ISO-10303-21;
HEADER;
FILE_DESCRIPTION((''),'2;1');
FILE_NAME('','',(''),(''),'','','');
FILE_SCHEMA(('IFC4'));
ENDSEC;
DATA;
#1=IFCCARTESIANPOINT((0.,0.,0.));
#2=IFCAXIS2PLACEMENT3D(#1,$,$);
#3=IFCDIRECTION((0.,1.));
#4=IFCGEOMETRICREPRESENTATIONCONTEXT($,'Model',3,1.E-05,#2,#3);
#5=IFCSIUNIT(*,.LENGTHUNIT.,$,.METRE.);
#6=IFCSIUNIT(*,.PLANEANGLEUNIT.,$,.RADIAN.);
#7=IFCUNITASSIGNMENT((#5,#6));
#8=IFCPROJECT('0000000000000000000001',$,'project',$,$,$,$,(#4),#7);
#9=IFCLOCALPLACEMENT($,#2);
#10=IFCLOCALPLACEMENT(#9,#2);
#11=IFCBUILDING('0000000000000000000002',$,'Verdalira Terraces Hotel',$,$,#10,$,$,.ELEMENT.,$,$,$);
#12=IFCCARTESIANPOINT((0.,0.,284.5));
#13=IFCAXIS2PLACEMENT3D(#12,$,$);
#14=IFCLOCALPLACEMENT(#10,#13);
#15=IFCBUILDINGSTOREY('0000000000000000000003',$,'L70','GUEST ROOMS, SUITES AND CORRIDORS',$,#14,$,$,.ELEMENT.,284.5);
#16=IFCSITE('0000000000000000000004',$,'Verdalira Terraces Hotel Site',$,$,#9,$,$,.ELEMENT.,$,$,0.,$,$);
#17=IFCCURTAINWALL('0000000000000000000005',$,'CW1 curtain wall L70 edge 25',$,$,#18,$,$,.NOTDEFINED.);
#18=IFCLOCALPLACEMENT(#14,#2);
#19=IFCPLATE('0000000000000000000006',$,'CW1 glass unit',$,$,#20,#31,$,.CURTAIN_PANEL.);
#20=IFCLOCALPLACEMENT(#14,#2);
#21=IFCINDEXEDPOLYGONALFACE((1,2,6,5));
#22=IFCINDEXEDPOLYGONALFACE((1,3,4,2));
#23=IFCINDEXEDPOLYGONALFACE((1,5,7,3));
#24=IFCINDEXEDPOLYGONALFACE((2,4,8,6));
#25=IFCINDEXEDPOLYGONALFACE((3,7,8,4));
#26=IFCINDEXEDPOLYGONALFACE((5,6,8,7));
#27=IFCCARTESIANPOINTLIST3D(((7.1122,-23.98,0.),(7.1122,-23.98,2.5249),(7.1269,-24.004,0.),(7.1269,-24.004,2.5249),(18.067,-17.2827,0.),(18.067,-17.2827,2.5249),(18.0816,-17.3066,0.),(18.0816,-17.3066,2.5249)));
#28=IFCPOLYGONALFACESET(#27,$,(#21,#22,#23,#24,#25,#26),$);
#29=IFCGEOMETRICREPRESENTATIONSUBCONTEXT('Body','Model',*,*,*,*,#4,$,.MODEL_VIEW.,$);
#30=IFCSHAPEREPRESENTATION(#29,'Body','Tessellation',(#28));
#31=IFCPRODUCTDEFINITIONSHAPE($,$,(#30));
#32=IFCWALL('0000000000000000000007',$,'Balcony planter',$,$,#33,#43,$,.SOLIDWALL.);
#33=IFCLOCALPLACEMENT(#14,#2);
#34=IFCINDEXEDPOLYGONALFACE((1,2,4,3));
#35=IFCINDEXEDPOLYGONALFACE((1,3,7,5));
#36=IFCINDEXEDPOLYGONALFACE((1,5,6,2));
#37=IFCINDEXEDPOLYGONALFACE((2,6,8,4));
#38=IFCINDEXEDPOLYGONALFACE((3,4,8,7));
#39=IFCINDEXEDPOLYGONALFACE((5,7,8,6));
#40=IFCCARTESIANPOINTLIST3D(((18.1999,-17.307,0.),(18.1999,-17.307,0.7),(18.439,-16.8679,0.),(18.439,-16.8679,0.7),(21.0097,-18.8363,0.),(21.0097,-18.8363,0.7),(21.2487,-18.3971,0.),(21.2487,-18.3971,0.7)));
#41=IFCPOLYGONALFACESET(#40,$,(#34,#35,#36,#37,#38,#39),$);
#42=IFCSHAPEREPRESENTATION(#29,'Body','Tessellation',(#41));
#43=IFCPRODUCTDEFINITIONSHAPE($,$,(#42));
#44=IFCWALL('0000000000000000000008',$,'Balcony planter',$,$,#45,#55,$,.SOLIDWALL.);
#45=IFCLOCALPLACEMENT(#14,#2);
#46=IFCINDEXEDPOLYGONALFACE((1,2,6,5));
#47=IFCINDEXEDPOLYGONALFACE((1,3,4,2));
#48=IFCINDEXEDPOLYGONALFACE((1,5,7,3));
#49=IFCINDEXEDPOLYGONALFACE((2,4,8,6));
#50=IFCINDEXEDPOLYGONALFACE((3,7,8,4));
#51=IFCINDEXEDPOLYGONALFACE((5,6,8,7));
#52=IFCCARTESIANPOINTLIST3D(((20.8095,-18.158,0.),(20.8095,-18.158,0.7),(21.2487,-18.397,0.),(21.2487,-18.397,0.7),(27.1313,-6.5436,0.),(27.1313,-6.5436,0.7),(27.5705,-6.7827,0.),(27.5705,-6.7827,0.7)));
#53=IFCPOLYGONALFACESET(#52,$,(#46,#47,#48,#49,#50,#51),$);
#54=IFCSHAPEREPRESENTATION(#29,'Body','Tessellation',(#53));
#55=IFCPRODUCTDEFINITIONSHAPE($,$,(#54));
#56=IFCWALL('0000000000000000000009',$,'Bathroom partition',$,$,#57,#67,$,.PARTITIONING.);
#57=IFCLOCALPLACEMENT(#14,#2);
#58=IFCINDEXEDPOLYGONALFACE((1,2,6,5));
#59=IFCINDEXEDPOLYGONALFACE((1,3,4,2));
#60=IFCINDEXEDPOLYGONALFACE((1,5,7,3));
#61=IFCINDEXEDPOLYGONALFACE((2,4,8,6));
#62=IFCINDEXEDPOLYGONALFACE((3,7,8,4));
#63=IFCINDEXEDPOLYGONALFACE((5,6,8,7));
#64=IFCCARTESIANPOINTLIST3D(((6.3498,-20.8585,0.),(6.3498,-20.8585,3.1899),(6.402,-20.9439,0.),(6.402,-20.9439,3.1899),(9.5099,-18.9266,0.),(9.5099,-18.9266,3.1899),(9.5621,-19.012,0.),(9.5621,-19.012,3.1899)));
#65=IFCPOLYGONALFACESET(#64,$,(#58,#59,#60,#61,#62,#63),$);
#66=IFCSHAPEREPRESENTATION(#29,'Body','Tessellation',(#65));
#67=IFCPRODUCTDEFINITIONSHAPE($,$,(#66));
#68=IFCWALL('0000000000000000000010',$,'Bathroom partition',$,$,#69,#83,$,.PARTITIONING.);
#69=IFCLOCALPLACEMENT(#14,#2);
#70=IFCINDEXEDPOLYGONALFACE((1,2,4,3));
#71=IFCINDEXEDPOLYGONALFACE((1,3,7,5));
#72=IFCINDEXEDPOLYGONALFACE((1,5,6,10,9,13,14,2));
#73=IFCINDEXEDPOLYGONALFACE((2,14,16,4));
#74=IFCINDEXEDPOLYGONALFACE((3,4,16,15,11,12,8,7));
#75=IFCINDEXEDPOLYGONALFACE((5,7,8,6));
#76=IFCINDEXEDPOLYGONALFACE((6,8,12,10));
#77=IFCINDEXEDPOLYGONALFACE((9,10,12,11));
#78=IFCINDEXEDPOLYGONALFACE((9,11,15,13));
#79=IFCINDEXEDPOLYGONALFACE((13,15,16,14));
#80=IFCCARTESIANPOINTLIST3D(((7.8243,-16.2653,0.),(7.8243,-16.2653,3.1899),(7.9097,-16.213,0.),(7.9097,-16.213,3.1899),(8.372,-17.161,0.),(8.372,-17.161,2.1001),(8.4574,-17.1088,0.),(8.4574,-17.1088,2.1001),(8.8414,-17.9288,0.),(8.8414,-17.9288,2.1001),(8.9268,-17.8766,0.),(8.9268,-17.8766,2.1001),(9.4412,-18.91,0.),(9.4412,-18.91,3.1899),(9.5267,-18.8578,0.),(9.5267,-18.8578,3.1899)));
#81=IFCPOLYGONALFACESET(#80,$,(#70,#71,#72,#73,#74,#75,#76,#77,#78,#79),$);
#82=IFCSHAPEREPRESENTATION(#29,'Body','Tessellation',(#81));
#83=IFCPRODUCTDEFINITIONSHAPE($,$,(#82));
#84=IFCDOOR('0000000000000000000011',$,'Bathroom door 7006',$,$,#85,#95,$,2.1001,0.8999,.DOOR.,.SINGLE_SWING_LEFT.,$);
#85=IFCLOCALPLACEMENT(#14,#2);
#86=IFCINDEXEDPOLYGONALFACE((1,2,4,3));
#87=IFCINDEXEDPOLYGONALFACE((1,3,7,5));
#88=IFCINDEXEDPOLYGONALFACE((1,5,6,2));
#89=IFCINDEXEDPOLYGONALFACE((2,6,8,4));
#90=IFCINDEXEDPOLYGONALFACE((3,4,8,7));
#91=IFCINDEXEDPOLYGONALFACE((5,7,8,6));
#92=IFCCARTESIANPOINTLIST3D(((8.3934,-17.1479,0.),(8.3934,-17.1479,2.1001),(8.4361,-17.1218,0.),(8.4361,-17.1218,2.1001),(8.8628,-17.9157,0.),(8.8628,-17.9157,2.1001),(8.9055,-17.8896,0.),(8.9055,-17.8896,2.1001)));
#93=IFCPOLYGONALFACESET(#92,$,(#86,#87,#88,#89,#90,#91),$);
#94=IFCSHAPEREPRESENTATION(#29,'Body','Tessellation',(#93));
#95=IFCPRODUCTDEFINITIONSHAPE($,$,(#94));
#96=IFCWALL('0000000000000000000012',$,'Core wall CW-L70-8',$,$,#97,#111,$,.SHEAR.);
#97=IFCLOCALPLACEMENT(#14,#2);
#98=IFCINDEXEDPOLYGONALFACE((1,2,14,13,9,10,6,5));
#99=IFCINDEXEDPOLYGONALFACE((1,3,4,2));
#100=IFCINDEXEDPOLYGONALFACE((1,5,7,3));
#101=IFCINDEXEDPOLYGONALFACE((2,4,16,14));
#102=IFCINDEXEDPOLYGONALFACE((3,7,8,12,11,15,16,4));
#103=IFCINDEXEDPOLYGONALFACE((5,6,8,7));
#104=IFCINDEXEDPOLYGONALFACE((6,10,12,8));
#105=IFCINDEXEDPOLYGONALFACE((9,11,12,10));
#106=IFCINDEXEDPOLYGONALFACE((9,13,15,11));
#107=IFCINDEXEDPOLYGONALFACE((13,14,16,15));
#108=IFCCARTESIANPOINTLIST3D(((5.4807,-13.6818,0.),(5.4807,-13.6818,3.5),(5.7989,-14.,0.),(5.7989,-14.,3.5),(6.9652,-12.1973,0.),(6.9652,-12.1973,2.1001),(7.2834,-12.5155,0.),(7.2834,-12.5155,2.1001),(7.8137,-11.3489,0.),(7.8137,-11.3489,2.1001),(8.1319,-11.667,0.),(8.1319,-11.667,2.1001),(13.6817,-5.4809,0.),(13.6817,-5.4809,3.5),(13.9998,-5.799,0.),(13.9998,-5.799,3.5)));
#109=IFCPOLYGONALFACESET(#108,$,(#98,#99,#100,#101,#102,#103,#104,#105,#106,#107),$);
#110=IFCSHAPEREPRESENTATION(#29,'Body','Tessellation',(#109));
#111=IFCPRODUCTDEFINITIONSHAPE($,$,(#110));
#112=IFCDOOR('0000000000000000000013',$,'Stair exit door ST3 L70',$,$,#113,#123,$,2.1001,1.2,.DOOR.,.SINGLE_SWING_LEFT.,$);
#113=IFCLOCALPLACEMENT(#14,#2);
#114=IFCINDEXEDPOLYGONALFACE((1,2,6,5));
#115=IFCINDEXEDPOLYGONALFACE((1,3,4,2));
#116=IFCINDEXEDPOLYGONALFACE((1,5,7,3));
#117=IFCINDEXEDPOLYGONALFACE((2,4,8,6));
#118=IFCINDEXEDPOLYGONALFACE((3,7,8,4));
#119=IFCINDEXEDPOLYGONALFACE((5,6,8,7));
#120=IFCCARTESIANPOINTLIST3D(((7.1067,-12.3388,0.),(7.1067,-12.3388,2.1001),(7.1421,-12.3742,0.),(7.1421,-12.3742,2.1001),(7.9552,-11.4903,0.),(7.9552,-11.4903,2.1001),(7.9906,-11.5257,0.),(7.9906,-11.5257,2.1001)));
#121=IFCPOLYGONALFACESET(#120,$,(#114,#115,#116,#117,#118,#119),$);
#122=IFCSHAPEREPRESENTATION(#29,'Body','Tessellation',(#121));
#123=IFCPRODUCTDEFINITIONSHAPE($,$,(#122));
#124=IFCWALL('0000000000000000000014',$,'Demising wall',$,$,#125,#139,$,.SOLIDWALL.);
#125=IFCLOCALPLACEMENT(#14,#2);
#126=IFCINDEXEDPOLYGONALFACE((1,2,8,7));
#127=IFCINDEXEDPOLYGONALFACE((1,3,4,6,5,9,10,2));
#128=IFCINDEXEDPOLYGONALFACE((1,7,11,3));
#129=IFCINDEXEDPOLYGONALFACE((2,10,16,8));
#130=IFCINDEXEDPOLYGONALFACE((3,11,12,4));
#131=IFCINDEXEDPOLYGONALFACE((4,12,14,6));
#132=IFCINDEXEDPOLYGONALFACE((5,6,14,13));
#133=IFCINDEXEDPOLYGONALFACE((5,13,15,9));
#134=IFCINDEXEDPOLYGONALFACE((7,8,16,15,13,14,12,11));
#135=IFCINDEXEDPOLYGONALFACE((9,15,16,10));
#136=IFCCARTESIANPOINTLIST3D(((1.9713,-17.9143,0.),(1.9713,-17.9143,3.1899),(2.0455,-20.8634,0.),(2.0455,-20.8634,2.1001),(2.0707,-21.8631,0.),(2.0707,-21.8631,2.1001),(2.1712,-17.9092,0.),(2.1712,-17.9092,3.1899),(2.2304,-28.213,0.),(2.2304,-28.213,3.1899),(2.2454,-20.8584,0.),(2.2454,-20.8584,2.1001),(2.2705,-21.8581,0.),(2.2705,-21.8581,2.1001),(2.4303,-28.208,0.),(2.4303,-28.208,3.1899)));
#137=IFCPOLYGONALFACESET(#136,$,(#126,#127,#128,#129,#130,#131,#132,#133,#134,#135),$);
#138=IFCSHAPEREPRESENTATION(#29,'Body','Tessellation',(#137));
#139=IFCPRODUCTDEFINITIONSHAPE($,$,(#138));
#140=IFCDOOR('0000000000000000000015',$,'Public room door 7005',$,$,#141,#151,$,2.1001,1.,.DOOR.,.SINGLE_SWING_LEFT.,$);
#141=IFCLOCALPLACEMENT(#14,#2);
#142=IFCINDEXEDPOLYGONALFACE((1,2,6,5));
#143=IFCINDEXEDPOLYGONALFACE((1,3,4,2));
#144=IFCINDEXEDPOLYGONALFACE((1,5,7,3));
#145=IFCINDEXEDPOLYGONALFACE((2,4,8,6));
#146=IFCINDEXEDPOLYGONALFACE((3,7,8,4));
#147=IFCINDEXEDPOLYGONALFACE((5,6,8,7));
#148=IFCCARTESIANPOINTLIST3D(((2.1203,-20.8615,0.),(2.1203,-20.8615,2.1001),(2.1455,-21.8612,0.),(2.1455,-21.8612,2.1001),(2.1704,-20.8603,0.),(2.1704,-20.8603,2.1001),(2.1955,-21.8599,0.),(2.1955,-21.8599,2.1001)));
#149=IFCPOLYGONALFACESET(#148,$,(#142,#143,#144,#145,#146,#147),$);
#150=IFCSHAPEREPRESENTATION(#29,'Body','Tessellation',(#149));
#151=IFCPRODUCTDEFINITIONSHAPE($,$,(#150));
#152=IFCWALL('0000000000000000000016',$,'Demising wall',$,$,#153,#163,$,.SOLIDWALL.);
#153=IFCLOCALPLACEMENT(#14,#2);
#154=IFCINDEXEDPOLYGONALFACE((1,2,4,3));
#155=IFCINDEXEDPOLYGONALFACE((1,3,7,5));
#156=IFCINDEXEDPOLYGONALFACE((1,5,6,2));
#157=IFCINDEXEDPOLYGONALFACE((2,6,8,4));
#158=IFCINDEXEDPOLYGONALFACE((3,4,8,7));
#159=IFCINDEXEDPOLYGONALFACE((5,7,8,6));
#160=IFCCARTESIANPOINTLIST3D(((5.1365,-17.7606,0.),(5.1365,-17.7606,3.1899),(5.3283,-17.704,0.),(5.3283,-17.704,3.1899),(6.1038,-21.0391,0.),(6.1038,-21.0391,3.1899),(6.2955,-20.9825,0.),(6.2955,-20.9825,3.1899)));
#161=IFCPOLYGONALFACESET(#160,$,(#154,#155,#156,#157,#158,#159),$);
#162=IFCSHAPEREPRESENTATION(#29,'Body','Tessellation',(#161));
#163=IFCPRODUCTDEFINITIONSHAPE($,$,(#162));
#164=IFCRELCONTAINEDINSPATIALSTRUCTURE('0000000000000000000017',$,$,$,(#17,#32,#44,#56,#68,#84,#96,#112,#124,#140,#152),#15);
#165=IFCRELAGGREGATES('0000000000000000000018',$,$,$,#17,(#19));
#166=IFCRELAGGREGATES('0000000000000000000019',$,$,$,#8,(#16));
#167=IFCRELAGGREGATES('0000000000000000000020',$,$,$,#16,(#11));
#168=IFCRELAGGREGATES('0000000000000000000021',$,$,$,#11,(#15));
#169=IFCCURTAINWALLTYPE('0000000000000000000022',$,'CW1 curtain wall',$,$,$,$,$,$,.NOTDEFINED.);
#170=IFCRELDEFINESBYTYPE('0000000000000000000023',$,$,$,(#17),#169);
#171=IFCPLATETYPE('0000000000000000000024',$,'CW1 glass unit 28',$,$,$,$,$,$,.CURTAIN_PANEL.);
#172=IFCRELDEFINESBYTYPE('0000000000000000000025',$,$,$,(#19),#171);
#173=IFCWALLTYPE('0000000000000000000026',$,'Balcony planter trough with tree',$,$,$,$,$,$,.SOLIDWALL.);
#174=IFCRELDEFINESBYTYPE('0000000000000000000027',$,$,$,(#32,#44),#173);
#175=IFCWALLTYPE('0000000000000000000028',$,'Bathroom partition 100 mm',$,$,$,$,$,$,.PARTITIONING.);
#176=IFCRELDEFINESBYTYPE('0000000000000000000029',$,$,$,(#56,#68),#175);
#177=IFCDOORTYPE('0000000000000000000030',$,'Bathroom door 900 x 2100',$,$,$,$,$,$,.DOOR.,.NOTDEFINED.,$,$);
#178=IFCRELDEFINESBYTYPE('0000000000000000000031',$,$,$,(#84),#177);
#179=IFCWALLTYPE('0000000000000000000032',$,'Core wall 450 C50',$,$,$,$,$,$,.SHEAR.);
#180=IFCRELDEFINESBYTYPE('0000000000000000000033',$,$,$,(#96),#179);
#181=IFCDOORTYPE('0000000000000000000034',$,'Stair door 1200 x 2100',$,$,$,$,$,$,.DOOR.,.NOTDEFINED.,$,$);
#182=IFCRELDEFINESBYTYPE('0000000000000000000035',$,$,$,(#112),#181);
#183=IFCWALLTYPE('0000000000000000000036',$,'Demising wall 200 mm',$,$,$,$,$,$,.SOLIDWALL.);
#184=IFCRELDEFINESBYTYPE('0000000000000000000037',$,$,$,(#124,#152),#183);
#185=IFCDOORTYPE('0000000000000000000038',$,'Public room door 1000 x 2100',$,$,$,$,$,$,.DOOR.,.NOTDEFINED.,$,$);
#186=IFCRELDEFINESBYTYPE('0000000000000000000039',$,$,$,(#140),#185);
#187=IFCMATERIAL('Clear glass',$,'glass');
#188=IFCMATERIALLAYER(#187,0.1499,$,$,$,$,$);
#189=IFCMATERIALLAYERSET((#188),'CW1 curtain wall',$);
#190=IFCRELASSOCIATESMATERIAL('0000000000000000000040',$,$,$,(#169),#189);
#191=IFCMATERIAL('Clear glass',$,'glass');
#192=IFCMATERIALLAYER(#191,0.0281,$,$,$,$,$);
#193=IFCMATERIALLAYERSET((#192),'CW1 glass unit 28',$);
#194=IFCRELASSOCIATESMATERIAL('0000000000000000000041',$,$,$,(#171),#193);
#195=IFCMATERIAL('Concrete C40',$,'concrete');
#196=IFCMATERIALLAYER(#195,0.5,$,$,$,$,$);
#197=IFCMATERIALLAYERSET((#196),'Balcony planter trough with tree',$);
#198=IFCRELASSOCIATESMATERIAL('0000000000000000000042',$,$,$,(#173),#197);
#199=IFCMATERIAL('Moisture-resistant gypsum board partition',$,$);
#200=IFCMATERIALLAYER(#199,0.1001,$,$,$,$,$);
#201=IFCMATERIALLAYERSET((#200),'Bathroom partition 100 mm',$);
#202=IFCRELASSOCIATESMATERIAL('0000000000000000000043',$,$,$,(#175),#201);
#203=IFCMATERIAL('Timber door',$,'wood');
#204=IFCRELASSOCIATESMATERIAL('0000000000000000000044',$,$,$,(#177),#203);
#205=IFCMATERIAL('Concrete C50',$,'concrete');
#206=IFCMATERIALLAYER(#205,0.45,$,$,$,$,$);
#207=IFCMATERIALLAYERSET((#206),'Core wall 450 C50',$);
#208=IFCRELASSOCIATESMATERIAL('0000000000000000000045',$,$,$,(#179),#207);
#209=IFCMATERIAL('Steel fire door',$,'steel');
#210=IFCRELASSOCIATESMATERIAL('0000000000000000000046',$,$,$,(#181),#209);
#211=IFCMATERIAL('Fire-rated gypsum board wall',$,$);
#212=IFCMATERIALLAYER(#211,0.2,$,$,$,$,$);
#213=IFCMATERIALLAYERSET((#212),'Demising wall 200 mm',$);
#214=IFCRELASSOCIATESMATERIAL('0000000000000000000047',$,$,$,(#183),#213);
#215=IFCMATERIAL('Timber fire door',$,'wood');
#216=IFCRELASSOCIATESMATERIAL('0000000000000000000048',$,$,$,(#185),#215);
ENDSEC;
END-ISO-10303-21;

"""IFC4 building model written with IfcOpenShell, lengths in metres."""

from ifc_helpers import new_model, si_unit, direction, frame, frame_2d, origin, origin_2d, place, context, subcontext, project, spatial, rectangle, extrude, material, layer, layer_set, type_object, element, fill, aggregate, save


model = new_model("IFC4")

# Units and contexts
model_context = context("Model", 3, precision=1e-05, world=origin(), true_north=direction((0.0, 1.0)))
body_context = subcontext(model_context, "Body", "Model", "MODEL_VIEW")
ifc_project = project(units=[si_unit("LENGTHUNIT", "METRE"), si_unit("PLANEANGLEUNIT", "RADIAN")], contexts=[model_context])

# Site, building, storey
site_placement = place(None, origin())
site = spatial("IfcSite", under=ifc_project, at=site_placement, Name="Verdalira Terraces Hotel Site", CompositionType="ELEMENT", RefElevation=0.0)
building_placement = place(site_placement, origin())
building = spatial("IfcBuilding", under=site, at=building_placement, Name="Verdalira Terraces Hotel", CompositionType="ELEMENT")
storey_placement = place(building_placement, frame((0.0, 0.0, 284.5)))
storey = spatial("IfcBuildingStorey", under=building, at=storey_placement, Name="L70", Description="GUEST ROOMS, SUITES AND CORRIDORS", CompositionType="ELEMENT", Elevation=284.5)

# Curtain wall
ifc_material_1 = material(Name="Clear glass", Category="glass")
ifc_layer_1 = layer(ifc_material_1, 0.1499)
ifc_layer_set_1 = layer_set([ifc_layer_1], Name="CW1 curtain wall")
curtain_wall_type = type_object("IfcCurtainWallType", Name="CW1 curtain wall", PredefinedType="NOTDEFINED", material=ifc_layer_set_1)
curtain_wall_1_placement = place(storey_placement, origin())
curtain_wall_1 = element("IfcCurtainWall", 1, at=curtain_wall_1_placement, inside=storey, type_object=curtain_wall_type, Name="CW1 curtain wall L70 edge 25", PredefinedType="NOTDEFINED")

# Plate
ifc_material_2 = material(Name="Clear glass", Category="glass")
ifc_layer_2 = layer(ifc_material_2, 0.0281)
ifc_layer_set_2 = layer_set([ifc_layer_2], Name="CW1 glass unit 28")
plate_type = type_object("IfcPlateType", Name="CW1 glass unit 28", PredefinedType="CURTAIN_PANEL", material=ifc_layer_set_2)
plate_placement = place(storey_placement, frame((12.5969, -20.6433, 0.0), z_axis=(0.0, 0.0, 1.0), x_axis=(0.853187, 0.521605, 0.0)))
plate = element("IfcPlate", 2, at=plate_placement, type_object=plate_type, Name="CW1 glass unit", PredefinedType="CURTAIN_PANEL", context=body_context, shape_type="SweptSolid", body=[
    extrude(rectangle(XDim=12.8398, YDim=0.0281, at=origin_2d()), origin(), (0.0, 0.0, 1.0), 2.5249),
])
aggregate(curtain_wall_1, [plate])

# Walls
ifc_material_3 = material(Name="Concrete C40", Category="concrete")
ifc_layer_3 = layer(ifc_material_3, 0.5)
ifc_layer_set_3 = layer_set([ifc_layer_3], Name="Balcony planter trough with tree")
wall_type_1 = type_object("IfcWallType", Name="Balcony planter trough with tree", PredefinedType="SOLIDWALL", material=ifc_layer_set_3)
wall_1_placement = place(storey_placement, frame((18.3193, -17.0874, 0.0), z_axis=(0.0, 0.0, 1.0), x_axis=(0.878333, -0.47805, 0.0)))
element("IfcWall", 3, at=wall_1_placement, inside=storey, type_object=wall_type_1, Name="Balcony planter", PredefinedType="SOLIDWALL", context=body_context, shape_type="SweptSolid", body=[
    extrude(rectangle(XDim=3.199, YDim=0.5, at=frame_2d((1.5996, 0.0))), origin(), (0.0, 0.0, 1.0), 0.7),
])
wall_2_placement = place(storey_placement, frame((21.0291, -18.2776, 0.0), z_axis=(0.0, 0.0, 1.0), x_axis=(0.478078, 0.878317, 0.0)))
element("IfcWall", 4, at=wall_2_placement, inside=storey, type_object=wall_type_1, Name="Balcony planter", PredefinedType="SOLIDWALL", context=body_context, shape_type="SweptSolid", body=[
    extrude(rectangle(XDim=13.2234, YDim=0.5, at=frame_2d((6.6118, 0.0))), origin(), (0.0, 0.0, 1.0), 0.7),
])
ifc_material_4 = material(Name="Moisture-resistant gypsum board partition")
ifc_layer_4 = layer(ifc_material_4, 0.1001)
ifc_layer_set_4 = layer_set([ifc_layer_4], Name="Bathroom partition 100 mm")
wall_type_2 = type_object("IfcWallType", Name="Bathroom partition 100 mm", PredefinedType="PARTITIONING", material=ifc_layer_set_4)
wall_3_placement = place(storey_placement, frame((9.5361, -18.9692, 0.0), z_axis=(0.0, 0.0, 1.0), x_axis=(-0.8532, -0.521583, 0.0)))
element("IfcWall", 5, at=wall_3_placement, inside=storey, type_object=wall_type_2, Name="Bathroom partition", PredefinedType="PARTITIONING", context=body_context, shape_type="SweptSolid", body=[
    extrude(rectangle(XDim=3.7039, YDim=0.1001, at=frame_2d((1.8521, 0.0))), origin(), (0.0, 0.0, 1.0), 3.1899),
])

# Walls, openings, doors
wall_4_placement = place(storey_placement, frame((9.4839, -18.8838, 0.0), z_axis=(0.0, 0.0, 1.0), x_axis=(-0.521612, 0.853183, 0.0)))
wall_4 = element("IfcWall", 6, at=wall_4_placement, inside=storey, type_object=wall_type_2, Name="Bathroom partition", PredefinedType="PARTITIONING", context=body_context, shape_type="SweptSolid", body=[
    extrude(rectangle(XDim=3.0999, YDim=0.1001, at=frame_2d((1.5498, 0.0))), origin(), (0.0, 0.0, 1.0), 3.1899),
])
opening_1_placement = place(wall_4_placement, frame((1.1499, 0.0, 0.0)))
opening_1 = element("IfcOpeningElement", 7, at=opening_1_placement, cuts=wall_4, PredefinedType="OPENING", context=body_context, shape_type="SweptSolid", body=[
    extrude(rectangle(XDim=0.8999, YDim=2.1001, at=frame_2d((0.45, 1.05))), frame((0.0, 0.0601, 0.0), z_axis=(0.0, -1.0, 0.0), x_axis=(1.0, 0.0, 0.0)), (0.0, 0.0, 1.0), 0.1201),
])
ifc_material_5 = material(Name="Timber door", Category="wood")
door_type_1 = type_object("IfcDoorType", Name="Bathroom door 900 x 2100", OperationType="NOTDEFINED", PredefinedType="DOOR", material=ifc_material_5)
door_1_placement = place(opening_1_placement, origin())
door_1 = element("IfcDoor", 8, at=door_1_placement, inside=storey, type_object=door_type_1, Name="Bathroom door 7006", OperationType="SINGLE_SWING_LEFT", OverallHeight=2.1001, OverallWidth=0.8999, PredefinedType="DOOR", context=body_context, shape_type="SweptSolid", body=[
    extrude(rectangle(XDim=0.8999, YDim=2.1001, at=frame_2d((0.45, 1.05))), frame((0.0, 0.0249, 0.0), z_axis=(0.0, -1.0, 0.0), x_axis=(1.0, 0.0, 0.0)), (0.0, 0.0, 1.0), 0.05),
])
fill(opening_1, door_1)
ifc_material_6 = material(Name="Concrete C50", Category="concrete")
ifc_layer_5 = layer(ifc_material_6, 0.45)
ifc_layer_set_5 = layer_set([ifc_layer_5], Name="Core wall 450 C50")
wall_type_3 = type_object("IfcWallType", Name="Core wall 450 C50", PredefinedType="SHEAR", material=ifc_layer_set_5)
wall_5_placement = place(storey_placement, frame((5.6399, -13.8408, 0.0), z_axis=(0.0, 0.0, 1.0), x_axis=(0.707107, 0.707107, 0.0)))
wall_5 = element("IfcWall", 9, at=wall_5_placement, inside=storey, type_object=wall_type_3, Name="Core wall CW-L70-8", PredefinedType="SHEAR", context=body_context, shape_type="SweptSolid", body=[
    extrude(rectangle(XDim=11.5979, YDim=0.45, at=frame_2d((5.7988, 0.0))), origin(), (0.0, 0.0, 1.0), 3.5),
])
opening_2_placement = place(wall_5_placement, frame((2.0991, 0.0, 0.0)))
opening_2 = element("IfcOpeningElement", 10, at=opening_2_placement, cuts=wall_5, PredefinedType="OPENING", context=body_context, shape_type="SweptSolid", body=[
    extrude(rectangle(XDim=1.2, YDim=2.1001, at=frame_2d((0.6001, 1.05))), frame((0.0, 0.2349, 0.0), z_axis=(0.0, -1.0, 0.0), x_axis=(1.0, 0.0, 0.0)), (0.0, 0.0, 1.0), 0.47),
])
ifc_material_7 = material(Name="Steel fire door", Category="steel")
door_type_2 = type_object("IfcDoorType", Name="Stair door 1200 x 2100", OperationType="NOTDEFINED", PredefinedType="DOOR", material=ifc_material_7)
door_2_placement = place(opening_2_placement, origin())
door_2 = element("IfcDoor", 11, at=door_2_placement, inside=storey, type_object=door_type_2, Name="Stair exit door ST3 L70", OperationType="SINGLE_SWING_LEFT", OverallHeight=2.1001, OverallWidth=1.2, PredefinedType="DOOR", context=body_context, shape_type="SweptSolid", body=[
    extrude(rectangle(XDim=1.2, YDim=2.1001, at=frame_2d((0.6001, 1.05))), frame((0.0, 0.0249, 0.0), z_axis=(0.0, -1.0, 0.0), x_axis=(1.0, 0.0, 0.0)), (0.0, 0.0, 1.0), 0.05),
])
fill(opening_2, door_2)
ifc_material_8 = material(Name="Fire-rated gypsum board wall")
ifc_layer_6 = layer(ifc_material_8, 0.2)
ifc_layer_set_6 = layer_set([ifc_layer_6], Name="Demising wall 200 mm")
wall_type_4 = type_object("IfcWallType", Name="Demising wall 200 mm", PredefinedType="SOLIDWALL", material=ifc_layer_set_6)
wall_6_placement = place(storey_placement, frame((2.0713, -17.9119, 0.0), z_axis=(0.0, 0.0, 1.0), x_axis=(0.025144, -0.999684, 0.0)))
wall_6 = element("IfcWall", 12, at=wall_6_placement, inside=storey, type_object=wall_type_4, Name="Demising wall", PredefinedType="SOLIDWALL", context=body_context, shape_type="SweptSolid", body=[
    extrude(rectangle(XDim=10.302, YDim=0.2, at=frame_2d((5.1509, 0.0))), origin(), (0.0, 0.0, 1.0), 3.1899),
])
opening_3_placement = place(wall_6_placement, frame((2.95, 0.0, 0.0)))
opening_3 = element("IfcOpeningElement", 13, at=opening_3_placement, cuts=wall_6, PredefinedType="OPENING", context=body_context, shape_type="SweptSolid", body=[
    extrude(rectangle(XDim=1.0, YDim=2.1001, at=frame_2d((0.5, 1.05))), frame((0.0, 0.1099, 0.0), z_axis=(0.0, -1.0, 0.0), x_axis=(1.0, 0.0, 0.0)), (0.0, 0.0, 1.0), 0.22),
])
ifc_material_9 = material(Name="Timber fire door", Category="wood")
door_type_3 = type_object("IfcDoorType", Name="Public room door 1000 x 2100", OperationType="NOTDEFINED", PredefinedType="DOOR", material=ifc_material_9)
door_3_placement = place(opening_3_placement, origin())
door_3 = element("IfcDoor", 14, at=door_3_placement, inside=storey, type_object=door_type_3, Name="Public room door 7005", OperationType="SINGLE_SWING_LEFT", OverallHeight=2.1001, OverallWidth=1.0, PredefinedType="DOOR", context=body_context, shape_type="SweptSolid", body=[
    extrude(rectangle(XDim=1.0, YDim=2.1001, at=frame_2d((0.5, 1.05))), frame((0.0, 0.0249, 0.0), z_axis=(0.0, -1.0, 0.0), x_axis=(1.0, 0.0, 0.0)), (0.0, 0.0, 1.0), 0.05),
])
fill(opening_3, door_3)

# Wall
wall_7_placement = place(storey_placement, frame((5.2324, -17.7324, 0.0), z_axis=(0.0, 0.0, 1.0), x_axis=(0.282974, -0.959127, 0.0)))
element("IfcWall", 15, at=wall_7_placement, inside=storey, type_object=wall_type_4, Name="Demising wall", PredefinedType="SOLIDWALL", context=body_context, shape_type="SweptSolid", body=[
    extrude(rectangle(XDim=3.4182, YDim=0.2, at=frame_2d((1.709, 0.0))), origin(), (0.0, 0.0, 1.0), 3.1899),
])

save(model, "model.ifc")
